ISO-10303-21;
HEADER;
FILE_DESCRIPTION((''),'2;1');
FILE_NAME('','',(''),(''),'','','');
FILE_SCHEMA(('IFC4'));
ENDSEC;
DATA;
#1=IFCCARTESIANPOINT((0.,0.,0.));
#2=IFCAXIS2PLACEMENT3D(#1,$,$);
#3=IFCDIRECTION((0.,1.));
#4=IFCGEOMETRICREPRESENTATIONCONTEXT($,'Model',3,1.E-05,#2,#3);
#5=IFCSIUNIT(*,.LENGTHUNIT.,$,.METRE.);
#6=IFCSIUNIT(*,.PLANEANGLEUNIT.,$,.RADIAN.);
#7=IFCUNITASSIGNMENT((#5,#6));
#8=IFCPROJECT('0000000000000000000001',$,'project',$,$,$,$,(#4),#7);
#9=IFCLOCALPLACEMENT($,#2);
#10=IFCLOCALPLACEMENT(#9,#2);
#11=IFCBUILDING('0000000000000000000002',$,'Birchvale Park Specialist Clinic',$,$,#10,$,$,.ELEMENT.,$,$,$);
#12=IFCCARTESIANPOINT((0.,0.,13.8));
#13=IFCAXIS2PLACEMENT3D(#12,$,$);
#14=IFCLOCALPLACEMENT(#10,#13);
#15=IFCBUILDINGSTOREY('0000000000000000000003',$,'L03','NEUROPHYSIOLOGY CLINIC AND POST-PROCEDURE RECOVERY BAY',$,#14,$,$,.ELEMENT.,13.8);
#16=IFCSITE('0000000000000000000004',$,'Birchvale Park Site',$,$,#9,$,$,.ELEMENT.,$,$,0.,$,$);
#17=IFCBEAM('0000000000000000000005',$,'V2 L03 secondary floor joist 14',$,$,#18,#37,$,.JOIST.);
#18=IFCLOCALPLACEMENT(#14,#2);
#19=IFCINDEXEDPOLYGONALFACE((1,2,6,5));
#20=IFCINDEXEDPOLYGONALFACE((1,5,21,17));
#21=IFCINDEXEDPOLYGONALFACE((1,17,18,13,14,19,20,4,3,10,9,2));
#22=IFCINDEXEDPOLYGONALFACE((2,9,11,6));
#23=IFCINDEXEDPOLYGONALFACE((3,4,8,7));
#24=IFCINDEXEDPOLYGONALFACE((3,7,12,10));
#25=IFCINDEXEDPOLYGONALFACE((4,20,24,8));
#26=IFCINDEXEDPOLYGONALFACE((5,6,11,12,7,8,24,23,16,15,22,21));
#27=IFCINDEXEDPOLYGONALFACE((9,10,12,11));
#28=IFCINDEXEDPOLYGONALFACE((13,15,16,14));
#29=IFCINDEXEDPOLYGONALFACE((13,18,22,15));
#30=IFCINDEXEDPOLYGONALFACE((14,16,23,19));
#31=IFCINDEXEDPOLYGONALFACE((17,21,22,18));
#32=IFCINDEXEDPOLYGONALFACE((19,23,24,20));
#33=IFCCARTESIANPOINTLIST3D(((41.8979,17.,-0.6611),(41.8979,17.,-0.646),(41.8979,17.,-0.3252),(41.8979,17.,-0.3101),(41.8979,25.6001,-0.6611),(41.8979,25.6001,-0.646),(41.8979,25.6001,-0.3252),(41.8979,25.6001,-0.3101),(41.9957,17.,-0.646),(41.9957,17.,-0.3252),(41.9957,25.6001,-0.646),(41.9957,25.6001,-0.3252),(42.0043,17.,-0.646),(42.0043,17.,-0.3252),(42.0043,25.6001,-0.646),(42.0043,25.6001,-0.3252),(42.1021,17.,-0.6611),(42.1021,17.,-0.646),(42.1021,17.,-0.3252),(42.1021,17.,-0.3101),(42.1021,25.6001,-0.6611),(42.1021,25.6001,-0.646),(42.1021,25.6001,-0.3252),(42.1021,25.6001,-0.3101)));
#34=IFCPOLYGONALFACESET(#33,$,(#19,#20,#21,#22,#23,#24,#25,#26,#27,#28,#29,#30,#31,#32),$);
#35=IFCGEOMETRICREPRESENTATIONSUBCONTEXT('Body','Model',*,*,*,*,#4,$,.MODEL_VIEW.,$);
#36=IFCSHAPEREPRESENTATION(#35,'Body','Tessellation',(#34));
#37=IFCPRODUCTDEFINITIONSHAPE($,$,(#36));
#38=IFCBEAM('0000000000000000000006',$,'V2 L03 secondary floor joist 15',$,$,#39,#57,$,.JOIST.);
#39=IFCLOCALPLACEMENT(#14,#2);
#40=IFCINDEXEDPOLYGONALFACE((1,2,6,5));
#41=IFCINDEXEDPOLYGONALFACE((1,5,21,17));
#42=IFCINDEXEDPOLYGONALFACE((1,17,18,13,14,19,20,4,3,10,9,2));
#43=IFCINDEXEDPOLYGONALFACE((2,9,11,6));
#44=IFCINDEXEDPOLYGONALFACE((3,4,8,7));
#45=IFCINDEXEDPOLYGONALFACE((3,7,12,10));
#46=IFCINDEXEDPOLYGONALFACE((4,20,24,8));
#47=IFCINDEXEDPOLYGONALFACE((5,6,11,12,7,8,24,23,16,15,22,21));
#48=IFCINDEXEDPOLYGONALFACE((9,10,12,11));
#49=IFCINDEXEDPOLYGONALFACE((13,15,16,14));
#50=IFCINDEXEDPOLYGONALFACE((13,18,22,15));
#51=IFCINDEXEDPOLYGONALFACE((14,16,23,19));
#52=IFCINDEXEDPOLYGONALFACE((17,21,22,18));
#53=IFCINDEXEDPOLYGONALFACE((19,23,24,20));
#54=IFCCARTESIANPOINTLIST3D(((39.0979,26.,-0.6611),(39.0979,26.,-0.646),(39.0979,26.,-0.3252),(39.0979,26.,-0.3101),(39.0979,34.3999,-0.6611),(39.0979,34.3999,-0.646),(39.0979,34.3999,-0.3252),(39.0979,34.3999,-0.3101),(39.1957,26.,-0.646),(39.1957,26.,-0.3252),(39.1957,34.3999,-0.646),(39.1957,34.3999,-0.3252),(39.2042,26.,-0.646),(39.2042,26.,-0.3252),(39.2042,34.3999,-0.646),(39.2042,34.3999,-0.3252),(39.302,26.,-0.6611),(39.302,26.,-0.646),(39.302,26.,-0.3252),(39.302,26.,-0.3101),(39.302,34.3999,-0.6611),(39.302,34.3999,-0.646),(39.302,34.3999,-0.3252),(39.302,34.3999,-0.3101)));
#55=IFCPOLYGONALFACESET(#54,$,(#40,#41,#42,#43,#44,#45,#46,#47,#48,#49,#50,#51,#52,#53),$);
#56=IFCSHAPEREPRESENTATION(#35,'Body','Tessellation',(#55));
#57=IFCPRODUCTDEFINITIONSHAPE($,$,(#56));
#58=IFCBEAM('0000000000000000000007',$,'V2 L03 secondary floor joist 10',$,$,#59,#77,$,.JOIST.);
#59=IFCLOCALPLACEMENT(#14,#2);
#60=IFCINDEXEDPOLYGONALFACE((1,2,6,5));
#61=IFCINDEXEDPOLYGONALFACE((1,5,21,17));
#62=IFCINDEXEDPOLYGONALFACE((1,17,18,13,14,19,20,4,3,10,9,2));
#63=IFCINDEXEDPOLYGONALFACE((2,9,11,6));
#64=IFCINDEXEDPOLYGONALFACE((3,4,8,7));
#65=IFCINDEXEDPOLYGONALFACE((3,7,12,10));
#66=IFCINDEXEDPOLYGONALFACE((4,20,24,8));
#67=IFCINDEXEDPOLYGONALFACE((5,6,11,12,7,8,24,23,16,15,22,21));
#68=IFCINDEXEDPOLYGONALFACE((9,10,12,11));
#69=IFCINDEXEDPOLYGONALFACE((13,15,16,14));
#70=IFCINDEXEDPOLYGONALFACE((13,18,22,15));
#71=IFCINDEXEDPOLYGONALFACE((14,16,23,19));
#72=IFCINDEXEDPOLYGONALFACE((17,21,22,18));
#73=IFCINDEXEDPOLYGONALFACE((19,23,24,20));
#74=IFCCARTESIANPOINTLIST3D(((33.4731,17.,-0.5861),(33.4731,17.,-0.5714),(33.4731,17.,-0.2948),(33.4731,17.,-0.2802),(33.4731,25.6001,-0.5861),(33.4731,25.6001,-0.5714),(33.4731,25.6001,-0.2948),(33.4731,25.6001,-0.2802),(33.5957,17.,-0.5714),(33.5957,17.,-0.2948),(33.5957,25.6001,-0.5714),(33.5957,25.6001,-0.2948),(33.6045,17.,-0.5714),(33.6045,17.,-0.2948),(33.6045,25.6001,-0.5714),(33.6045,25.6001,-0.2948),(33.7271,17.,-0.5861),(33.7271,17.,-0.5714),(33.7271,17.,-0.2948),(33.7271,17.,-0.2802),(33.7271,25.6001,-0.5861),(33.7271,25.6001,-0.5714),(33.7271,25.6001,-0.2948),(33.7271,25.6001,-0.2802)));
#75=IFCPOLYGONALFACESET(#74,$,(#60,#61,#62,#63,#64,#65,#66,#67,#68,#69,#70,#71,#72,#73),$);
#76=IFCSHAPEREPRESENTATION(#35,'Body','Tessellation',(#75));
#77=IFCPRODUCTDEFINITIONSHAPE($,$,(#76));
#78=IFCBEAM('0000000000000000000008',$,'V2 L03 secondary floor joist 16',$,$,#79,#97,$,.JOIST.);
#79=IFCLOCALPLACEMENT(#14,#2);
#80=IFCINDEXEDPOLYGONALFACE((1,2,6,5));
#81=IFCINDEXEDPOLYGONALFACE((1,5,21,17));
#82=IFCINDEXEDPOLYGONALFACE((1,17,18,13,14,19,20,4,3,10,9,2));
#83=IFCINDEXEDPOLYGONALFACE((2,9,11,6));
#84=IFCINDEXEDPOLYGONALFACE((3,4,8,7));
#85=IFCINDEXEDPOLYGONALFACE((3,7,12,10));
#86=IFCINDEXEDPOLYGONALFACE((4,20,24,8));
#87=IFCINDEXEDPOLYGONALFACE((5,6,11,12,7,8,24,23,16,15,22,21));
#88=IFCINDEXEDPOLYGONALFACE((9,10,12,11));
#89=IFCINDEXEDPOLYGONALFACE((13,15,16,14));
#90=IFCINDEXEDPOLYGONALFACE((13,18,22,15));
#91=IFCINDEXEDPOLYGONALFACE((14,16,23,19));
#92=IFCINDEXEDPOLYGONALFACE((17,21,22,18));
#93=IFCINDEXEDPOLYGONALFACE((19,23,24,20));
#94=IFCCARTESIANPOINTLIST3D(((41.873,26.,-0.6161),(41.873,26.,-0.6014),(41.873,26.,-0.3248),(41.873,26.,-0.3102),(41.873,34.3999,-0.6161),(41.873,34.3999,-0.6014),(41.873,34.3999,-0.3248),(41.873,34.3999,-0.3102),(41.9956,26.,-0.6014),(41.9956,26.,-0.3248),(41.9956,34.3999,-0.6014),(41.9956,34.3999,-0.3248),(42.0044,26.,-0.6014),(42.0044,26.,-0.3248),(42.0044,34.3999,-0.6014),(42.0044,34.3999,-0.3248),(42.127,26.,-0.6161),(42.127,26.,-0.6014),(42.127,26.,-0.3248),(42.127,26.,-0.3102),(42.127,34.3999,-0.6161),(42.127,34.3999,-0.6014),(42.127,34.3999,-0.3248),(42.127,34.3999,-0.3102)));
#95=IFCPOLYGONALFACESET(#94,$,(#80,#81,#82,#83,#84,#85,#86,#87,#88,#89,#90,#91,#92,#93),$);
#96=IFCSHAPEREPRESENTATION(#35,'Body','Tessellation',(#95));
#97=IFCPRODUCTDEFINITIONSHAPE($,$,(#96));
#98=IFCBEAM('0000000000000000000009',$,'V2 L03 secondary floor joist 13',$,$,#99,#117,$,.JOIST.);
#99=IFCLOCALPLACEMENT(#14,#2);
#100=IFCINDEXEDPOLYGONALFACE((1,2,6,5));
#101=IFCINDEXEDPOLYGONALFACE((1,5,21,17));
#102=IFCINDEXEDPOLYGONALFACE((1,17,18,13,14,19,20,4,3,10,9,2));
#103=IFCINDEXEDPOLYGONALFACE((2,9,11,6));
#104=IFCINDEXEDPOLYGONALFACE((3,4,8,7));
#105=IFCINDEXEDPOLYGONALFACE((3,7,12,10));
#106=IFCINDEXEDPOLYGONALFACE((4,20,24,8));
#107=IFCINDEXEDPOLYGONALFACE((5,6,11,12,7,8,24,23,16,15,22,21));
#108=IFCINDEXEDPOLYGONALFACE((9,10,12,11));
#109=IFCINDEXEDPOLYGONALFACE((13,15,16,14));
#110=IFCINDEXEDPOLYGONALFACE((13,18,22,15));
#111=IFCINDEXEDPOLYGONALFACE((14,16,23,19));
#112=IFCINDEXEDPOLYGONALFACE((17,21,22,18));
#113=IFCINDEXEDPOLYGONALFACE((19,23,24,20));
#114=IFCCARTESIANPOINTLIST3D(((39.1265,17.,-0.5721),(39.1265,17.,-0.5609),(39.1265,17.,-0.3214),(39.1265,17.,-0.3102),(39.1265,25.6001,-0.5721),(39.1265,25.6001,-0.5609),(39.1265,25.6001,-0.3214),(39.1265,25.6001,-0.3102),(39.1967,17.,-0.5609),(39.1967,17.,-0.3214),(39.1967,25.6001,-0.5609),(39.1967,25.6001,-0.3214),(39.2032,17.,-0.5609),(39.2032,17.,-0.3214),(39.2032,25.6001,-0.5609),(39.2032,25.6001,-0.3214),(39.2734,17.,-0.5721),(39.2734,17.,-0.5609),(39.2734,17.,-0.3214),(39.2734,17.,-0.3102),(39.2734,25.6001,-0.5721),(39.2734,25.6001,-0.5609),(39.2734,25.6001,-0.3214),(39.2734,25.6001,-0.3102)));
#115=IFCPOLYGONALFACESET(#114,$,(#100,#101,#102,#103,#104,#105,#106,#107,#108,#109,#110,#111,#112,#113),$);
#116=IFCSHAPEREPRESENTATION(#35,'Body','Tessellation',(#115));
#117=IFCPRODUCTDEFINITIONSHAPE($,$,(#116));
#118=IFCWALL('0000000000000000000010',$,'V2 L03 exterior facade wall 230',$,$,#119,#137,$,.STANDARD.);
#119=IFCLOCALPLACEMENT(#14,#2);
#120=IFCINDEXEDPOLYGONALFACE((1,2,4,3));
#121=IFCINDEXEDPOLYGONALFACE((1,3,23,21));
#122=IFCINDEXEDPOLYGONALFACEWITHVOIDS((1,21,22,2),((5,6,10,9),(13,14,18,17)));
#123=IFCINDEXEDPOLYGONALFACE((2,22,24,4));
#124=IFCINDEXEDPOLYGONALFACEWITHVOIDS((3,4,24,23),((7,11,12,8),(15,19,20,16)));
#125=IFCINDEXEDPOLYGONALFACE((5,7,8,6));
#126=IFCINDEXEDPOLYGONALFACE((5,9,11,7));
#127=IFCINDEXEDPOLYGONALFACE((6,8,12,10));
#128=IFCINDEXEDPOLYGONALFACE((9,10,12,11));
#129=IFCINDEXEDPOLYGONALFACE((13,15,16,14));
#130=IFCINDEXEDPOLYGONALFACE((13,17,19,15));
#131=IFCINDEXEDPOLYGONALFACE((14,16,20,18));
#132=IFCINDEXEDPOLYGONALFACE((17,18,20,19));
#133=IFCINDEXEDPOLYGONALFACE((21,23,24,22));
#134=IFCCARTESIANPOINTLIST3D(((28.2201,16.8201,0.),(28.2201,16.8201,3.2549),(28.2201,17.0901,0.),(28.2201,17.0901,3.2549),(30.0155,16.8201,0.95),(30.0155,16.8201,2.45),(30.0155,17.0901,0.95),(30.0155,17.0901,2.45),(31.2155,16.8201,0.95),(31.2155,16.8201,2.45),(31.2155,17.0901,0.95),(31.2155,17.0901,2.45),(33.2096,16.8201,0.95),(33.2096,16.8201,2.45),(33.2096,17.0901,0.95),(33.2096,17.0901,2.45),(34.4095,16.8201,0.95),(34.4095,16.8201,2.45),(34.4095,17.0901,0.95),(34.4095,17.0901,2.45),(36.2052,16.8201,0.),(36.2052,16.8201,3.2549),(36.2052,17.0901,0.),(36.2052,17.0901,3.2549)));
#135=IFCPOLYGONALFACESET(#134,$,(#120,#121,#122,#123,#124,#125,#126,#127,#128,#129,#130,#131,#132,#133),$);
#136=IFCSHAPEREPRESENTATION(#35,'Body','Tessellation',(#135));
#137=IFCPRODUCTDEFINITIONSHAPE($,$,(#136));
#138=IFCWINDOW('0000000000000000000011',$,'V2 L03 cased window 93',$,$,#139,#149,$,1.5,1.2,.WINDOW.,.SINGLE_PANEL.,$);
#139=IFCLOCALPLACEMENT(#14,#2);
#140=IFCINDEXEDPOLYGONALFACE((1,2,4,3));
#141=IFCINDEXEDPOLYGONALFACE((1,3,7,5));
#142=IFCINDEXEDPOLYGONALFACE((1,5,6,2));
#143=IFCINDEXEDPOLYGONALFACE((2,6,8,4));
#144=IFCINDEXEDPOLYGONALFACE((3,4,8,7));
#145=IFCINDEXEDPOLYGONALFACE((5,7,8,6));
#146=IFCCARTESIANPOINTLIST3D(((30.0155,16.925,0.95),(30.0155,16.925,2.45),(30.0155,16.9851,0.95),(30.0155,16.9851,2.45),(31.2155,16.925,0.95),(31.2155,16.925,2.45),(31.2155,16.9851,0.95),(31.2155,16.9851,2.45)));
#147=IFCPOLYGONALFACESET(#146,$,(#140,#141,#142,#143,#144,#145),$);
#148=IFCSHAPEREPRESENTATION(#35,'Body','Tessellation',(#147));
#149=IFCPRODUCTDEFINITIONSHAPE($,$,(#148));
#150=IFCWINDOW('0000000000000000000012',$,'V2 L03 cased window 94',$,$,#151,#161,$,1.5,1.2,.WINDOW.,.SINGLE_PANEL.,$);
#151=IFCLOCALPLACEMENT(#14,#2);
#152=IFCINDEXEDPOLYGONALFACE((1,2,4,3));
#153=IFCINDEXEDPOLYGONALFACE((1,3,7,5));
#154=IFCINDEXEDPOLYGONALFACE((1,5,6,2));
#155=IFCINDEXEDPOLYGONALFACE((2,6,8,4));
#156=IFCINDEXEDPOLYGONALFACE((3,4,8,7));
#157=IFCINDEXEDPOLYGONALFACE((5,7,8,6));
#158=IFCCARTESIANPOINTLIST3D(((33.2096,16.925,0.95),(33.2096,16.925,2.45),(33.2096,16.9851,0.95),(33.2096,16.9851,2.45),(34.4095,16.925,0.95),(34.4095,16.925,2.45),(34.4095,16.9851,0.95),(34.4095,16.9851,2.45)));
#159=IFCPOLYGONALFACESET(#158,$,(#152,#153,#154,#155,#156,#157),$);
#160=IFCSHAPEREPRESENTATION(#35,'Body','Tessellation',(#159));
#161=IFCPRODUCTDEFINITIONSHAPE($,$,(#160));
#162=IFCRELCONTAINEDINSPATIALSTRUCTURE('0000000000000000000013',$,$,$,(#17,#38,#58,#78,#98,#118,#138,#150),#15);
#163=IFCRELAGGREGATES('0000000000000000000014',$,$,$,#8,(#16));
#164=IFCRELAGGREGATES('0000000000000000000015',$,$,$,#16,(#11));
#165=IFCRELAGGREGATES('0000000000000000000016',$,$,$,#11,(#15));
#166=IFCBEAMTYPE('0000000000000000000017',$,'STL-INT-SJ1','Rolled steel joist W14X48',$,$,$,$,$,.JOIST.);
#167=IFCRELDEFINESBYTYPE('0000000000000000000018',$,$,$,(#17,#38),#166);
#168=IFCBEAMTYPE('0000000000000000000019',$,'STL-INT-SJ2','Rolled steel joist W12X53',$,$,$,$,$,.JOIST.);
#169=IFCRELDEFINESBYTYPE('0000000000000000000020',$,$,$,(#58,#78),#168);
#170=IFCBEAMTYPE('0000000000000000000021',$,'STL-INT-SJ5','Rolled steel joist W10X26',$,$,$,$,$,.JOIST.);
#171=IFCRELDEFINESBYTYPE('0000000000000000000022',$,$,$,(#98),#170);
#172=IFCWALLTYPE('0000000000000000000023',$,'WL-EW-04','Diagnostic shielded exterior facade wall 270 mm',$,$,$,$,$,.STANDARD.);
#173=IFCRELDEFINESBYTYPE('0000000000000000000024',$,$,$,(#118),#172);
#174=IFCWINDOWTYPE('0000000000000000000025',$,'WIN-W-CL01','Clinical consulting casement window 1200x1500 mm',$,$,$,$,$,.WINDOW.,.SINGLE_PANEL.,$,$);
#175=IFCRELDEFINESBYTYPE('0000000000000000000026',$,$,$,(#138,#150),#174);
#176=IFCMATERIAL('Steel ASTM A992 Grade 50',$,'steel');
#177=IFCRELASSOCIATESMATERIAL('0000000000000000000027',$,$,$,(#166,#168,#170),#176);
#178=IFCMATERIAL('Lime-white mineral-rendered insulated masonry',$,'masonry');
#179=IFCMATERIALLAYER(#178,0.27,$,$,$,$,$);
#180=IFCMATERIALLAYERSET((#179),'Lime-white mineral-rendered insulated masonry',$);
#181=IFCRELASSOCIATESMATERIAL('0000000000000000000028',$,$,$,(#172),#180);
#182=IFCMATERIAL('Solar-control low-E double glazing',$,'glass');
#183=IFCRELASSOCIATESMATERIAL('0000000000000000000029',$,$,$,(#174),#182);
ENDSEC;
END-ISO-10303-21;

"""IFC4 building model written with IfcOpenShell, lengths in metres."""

from ifc_helpers import new_model, si_unit, direction, frame, frame_2d, origin, origin_2d, place, context, subcontext, project, spatial, rectangle, i_section, extrude, material, layer, layer_set, material_profile, profile_set, type_object, element, fill, save


model = new_model("IFC4")

# Units and contexts
model_context = context("Model", 3, precision=1e-05, world=origin(), true_north=direction((0.0, 1.0)))
body_context = subcontext(model_context, "Body", "Model", "MODEL_VIEW")
ifc_project = project(units=[si_unit("LENGTHUNIT", "METRE"), si_unit("PLANEANGLEUNIT", "RADIAN")], contexts=[model_context])

# Site, building, storey
site_placement = place(None, origin())
site = spatial("IfcSite", under=ifc_project, at=site_placement, Name="Birchvale Park Site", CompositionType="ELEMENT", RefElevation=0.0)
building_placement = place(site_placement, origin())
building = spatial("IfcBuilding", under=site, at=building_placement, Name="Birchvale Park Specialist Clinic", CompositionType="ELEMENT")
storey_placement = place(building_placement, frame((0.0, 0.0, 13.8)))
storey = spatial("IfcBuildingStorey", under=building, at=storey_placement, Name="L03", Description="NEUROPHYSIOLOGY CLINIC AND POST-PROCEDURE RECOVERY BAY", CompositionType="ELEMENT", Elevation=13.8)

# Beams
ifc_material_1 = material(Name="Steel ASTM A992 Grade 50", Category="steel")
ifc_material_profile_1 = material_profile(ifc_material_1, i_section(OverallWidth=0.2041, OverallDepth=0.3511, WebThickness=0.0085, FlangeThickness=0.0151, at=origin_2d()), Name="W14X48")
ifc_profile_set_1 = profile_set([ifc_material_profile_1], Name="Steel ASTM A992 Grade 50")
beam_type_1 = type_object("IfcBeamType", Name="STL-INT-SJ1", Description="Rolled steel joist W14X48", PredefinedType="JOIST", material=ifc_profile_set_1)
for number, where, z_axis, x_axis, name in (
    (1, (42.0, 17.0, -0.4856), (0.0, 1.0, 0.0), (-1.0, 0.0, 0.0), "V2 L03 secondary floor joist 14"),
):
    element("IfcBeam", number, at=place(storey_placement, frame(where, z_axis=z_axis, x_axis=x_axis)), inside=storey, type_object=beam_type_1, Name=name, PredefinedType="JOIST", context=body_context, shape_type="SweptSolid", body=[
        extrude(i_section(OverallWidth=0.2041, OverallDepth=0.3511, WebThickness=0.0085, FlangeThickness=0.0151, at=origin_2d()), origin(), (0.0, 0.0, 1.0), 8.6001),
    ])
beam_1_placement = place(storey_placement, frame((39.2, 26.0, -0.4856), z_axis=(0.0, 1.0, 0.0), x_axis=(-1.0, 0.0, 0.0)))
element("IfcBeam", 2, at=beam_1_placement, inside=storey, type_object=beam_type_1, Name="V2 L03 secondary floor joist 15", PredefinedType="JOIST", context=body_context, shape_type="SweptSolid", body=[
    extrude(i_section(OverallWidth=0.2041, OverallDepth=0.3511, WebThickness=0.0085, FlangeThickness=0.0151, at=origin_2d()), origin(), (0.0, 0.0, 1.0), 8.3999),
])
ifc_material_profile_2 = material_profile(ifc_material_1, i_section(OverallWidth=0.2539, OverallDepth=0.3059, WebThickness=0.0088, FlangeThickness=0.0146, at=origin_2d()), Name="W12X53")
ifc_profile_set_2 = profile_set([ifc_material_profile_2], Name="Steel ASTM A992 Grade 50")
beam_type_2 = type_object("IfcBeamType", Name="STL-INT-SJ2", Description="Rolled steel joist W12X53", PredefinedType="JOIST", material=ifc_profile_set_2)
beam_2_placement = place(storey_placement, frame((33.6001, 17.0, -0.4331), z_axis=(0.0, 1.0, 0.0), x_axis=(-1.0, 0.0, 0.0)))
element("IfcBeam", 3, at=beam_2_placement, inside=storey, type_object=beam_type_2, Name="V2 L03 secondary floor joist 10", PredefinedType="JOIST", context=body_context, shape_type="SweptSolid", body=[
    extrude(i_section(OverallWidth=0.2539, OverallDepth=0.3059, WebThickness=0.0088, FlangeThickness=0.0146, at=origin_2d()), origin(), (0.0, 0.0, 1.0), 8.6001),
])
beam_3_placement = place(storey_placement, frame((42.0, 26.0, -0.4631), z_axis=(0.0, 1.0, 0.0), x_axis=(-1.0, 0.0, 0.0)))
element("IfcBeam", 4, at=beam_3_placement, inside=storey, type_object=beam_type_2, Name="V2 L03 secondary floor joist 16", PredefinedType="JOIST", context=body_context, shape_type="SweptSolid", body=[
    extrude(i_section(OverallWidth=0.2539, OverallDepth=0.3059, WebThickness=0.0088, FlangeThickness=0.0146, at=origin_2d()), origin(), (0.0, 0.0, 1.0), 8.3999),
])
ifc_material_profile_3 = material_profile(ifc_material_1, i_section(OverallWidth=0.147, OverallDepth=0.262, WebThickness=0.0066, FlangeThickness=0.0112, at=origin_2d()), Name="W10X26")
ifc_profile_set_3 = profile_set([ifc_material_profile_3], Name="Steel ASTM A992 Grade 50")
beam_type_3 = type_object("IfcBeamType", Name="STL-INT-SJ5", Description="Rolled steel joist W10X26", PredefinedType="JOIST", material=ifc_profile_set_3)
beam_4_placement = place(storey_placement, frame((39.2, 17.0, -0.4412), z_axis=(0.0, 1.0, 0.0), x_axis=(-1.0, 0.0, 0.0)))
element("IfcBeam", 5, at=beam_4_placement, inside=storey, type_object=beam_type_3, Name="V2 L03 secondary floor joist 13", PredefinedType="JOIST", context=body_context, shape_type="SweptSolid", body=[
    extrude(i_section(OverallWidth=0.147, OverallDepth=0.262, WebThickness=0.0066, FlangeThickness=0.0112, at=origin_2d()), origin(), (0.0, 0.0, 1.0), 8.6001),
])

# Wall, openings, windows
ifc_material_2 = material(Name="Lime-white mineral-rendered insulated masonry", Category="masonry")
ifc_layer = layer(ifc_material_2, 0.27)
ifc_layer_set = layer_set([ifc_layer], Name="Lime-white mineral-rendered insulated masonry")
wall_type = type_object("IfcWallType", Name="WL-EW-04", Description="Diagnostic shielded exterior facade wall 270 mm", PredefinedType="STANDARD", material=ifc_layer_set)
wall_1_placement = place(storey_placement, frame((28.22, 16.9551, 0.0), z_axis=(0.0, 0.0, 1.0), x_axis=(1.0, 0.0, 0.0)))
wall_1 = element("IfcWall", 6, at=wall_1_placement, inside=storey, type_object=wall_type, Name="V2 L03 exterior facade wall 230", PredefinedType="STANDARD", context=body_context, shape_type="SweptSolid", body=[
    extrude(rectangle(XDim=7.9851, YDim=0.27, at=frame_2d((3.9927, 0.0))), origin(), (0.0, 0.0, 1.0), 3.2549),
])
opening_1_placement = place(wall_1_placement, frame((1.7954, 0.0, 0.95)))
opening_1 = element("IfcOpeningElement", 7, at=opening_1_placement, cuts=wall_1, PredefinedType="OPENING", context=body_context, shape_type="SweptSolid", body=[
    extrude(rectangle(XDim=1.2, YDim=1.5, at=frame_2d((0.6001, 0.75))), frame((0.0, 0.145, 0.0), z_axis=(0.0, -1.0, 0.0), x_axis=(1.0, 0.0, 0.0)), (0.0, 0.0, 1.0), 0.29),
])
opening_2_placement = place(wall_1_placement, frame((4.9895, 0.0, 0.95)))
opening_2 = element("IfcOpeningElement", 8, at=opening_2_placement, cuts=wall_1, PredefinedType="OPENING", context=body_context, shape_type="SweptSolid", body=[
    extrude(rectangle(XDim=1.2, YDim=1.5, at=frame_2d((0.6001, 0.75))), frame((0.0, 0.145, 0.0), z_axis=(0.0, -1.0, 0.0), x_axis=(1.0, 0.0, 0.0)), (0.0, 0.0, 1.0), 0.29),
])
ifc_material_3 = material(Name="Solar-control low-E double glazing", Category="glass")
window_type_1 = type_object("IfcWindowType", Name="WIN-W-CL01", Description="Clinical consulting casement window 1200x1500 mm", PartitioningType="SINGLE_PANEL", PredefinedType="WINDOW", material=ifc_material_3)
window_1_placement = place(opening_1_placement, origin())
window_1 = element("IfcWindow", 9, at=window_1_placement, inside=storey, type_object=window_type_1, Name="V2 L03 cased window 93", OverallHeight=1.5, OverallWidth=1.2, PartitioningType="SINGLE_PANEL", PredefinedType="WINDOW", context=body_context, shape_type="SweptSolid", body=[
    extrude(rectangle(XDim=1.2, YDim=1.5, at=frame_2d((0.6001, 0.75))), frame((0.0, 0.03, 0.0), z_axis=(0.0, -1.0, 0.0), x_axis=(1.0, 0.0, 0.0)), (0.0, 0.0, 1.0), 0.0601),
])
fill(opening_1, window_1)
window_2_placement = place(opening_2_placement, origin())
window_2 = element("IfcWindow", 10, at=window_2_placement, inside=storey, type_object=window_type_1, Name="V2 L03 cased window 94", OverallHeight=1.5, OverallWidth=1.2, PartitioningType="SINGLE_PANEL", PredefinedType="WINDOW", context=body_context, shape_type="SweptSolid", body=[
    extrude(rectangle(XDim=1.2, YDim=1.5, at=frame_2d((0.6001, 0.75))), frame((0.0, 0.03, 0.0), z_axis=(0.0, -1.0, 0.0), x_axis=(1.0, 0.0, 0.0)), (0.0, 0.0, 1.0), 0.0601),
])
fill(opening_2, window_2)

save(model, "model.ifc")
